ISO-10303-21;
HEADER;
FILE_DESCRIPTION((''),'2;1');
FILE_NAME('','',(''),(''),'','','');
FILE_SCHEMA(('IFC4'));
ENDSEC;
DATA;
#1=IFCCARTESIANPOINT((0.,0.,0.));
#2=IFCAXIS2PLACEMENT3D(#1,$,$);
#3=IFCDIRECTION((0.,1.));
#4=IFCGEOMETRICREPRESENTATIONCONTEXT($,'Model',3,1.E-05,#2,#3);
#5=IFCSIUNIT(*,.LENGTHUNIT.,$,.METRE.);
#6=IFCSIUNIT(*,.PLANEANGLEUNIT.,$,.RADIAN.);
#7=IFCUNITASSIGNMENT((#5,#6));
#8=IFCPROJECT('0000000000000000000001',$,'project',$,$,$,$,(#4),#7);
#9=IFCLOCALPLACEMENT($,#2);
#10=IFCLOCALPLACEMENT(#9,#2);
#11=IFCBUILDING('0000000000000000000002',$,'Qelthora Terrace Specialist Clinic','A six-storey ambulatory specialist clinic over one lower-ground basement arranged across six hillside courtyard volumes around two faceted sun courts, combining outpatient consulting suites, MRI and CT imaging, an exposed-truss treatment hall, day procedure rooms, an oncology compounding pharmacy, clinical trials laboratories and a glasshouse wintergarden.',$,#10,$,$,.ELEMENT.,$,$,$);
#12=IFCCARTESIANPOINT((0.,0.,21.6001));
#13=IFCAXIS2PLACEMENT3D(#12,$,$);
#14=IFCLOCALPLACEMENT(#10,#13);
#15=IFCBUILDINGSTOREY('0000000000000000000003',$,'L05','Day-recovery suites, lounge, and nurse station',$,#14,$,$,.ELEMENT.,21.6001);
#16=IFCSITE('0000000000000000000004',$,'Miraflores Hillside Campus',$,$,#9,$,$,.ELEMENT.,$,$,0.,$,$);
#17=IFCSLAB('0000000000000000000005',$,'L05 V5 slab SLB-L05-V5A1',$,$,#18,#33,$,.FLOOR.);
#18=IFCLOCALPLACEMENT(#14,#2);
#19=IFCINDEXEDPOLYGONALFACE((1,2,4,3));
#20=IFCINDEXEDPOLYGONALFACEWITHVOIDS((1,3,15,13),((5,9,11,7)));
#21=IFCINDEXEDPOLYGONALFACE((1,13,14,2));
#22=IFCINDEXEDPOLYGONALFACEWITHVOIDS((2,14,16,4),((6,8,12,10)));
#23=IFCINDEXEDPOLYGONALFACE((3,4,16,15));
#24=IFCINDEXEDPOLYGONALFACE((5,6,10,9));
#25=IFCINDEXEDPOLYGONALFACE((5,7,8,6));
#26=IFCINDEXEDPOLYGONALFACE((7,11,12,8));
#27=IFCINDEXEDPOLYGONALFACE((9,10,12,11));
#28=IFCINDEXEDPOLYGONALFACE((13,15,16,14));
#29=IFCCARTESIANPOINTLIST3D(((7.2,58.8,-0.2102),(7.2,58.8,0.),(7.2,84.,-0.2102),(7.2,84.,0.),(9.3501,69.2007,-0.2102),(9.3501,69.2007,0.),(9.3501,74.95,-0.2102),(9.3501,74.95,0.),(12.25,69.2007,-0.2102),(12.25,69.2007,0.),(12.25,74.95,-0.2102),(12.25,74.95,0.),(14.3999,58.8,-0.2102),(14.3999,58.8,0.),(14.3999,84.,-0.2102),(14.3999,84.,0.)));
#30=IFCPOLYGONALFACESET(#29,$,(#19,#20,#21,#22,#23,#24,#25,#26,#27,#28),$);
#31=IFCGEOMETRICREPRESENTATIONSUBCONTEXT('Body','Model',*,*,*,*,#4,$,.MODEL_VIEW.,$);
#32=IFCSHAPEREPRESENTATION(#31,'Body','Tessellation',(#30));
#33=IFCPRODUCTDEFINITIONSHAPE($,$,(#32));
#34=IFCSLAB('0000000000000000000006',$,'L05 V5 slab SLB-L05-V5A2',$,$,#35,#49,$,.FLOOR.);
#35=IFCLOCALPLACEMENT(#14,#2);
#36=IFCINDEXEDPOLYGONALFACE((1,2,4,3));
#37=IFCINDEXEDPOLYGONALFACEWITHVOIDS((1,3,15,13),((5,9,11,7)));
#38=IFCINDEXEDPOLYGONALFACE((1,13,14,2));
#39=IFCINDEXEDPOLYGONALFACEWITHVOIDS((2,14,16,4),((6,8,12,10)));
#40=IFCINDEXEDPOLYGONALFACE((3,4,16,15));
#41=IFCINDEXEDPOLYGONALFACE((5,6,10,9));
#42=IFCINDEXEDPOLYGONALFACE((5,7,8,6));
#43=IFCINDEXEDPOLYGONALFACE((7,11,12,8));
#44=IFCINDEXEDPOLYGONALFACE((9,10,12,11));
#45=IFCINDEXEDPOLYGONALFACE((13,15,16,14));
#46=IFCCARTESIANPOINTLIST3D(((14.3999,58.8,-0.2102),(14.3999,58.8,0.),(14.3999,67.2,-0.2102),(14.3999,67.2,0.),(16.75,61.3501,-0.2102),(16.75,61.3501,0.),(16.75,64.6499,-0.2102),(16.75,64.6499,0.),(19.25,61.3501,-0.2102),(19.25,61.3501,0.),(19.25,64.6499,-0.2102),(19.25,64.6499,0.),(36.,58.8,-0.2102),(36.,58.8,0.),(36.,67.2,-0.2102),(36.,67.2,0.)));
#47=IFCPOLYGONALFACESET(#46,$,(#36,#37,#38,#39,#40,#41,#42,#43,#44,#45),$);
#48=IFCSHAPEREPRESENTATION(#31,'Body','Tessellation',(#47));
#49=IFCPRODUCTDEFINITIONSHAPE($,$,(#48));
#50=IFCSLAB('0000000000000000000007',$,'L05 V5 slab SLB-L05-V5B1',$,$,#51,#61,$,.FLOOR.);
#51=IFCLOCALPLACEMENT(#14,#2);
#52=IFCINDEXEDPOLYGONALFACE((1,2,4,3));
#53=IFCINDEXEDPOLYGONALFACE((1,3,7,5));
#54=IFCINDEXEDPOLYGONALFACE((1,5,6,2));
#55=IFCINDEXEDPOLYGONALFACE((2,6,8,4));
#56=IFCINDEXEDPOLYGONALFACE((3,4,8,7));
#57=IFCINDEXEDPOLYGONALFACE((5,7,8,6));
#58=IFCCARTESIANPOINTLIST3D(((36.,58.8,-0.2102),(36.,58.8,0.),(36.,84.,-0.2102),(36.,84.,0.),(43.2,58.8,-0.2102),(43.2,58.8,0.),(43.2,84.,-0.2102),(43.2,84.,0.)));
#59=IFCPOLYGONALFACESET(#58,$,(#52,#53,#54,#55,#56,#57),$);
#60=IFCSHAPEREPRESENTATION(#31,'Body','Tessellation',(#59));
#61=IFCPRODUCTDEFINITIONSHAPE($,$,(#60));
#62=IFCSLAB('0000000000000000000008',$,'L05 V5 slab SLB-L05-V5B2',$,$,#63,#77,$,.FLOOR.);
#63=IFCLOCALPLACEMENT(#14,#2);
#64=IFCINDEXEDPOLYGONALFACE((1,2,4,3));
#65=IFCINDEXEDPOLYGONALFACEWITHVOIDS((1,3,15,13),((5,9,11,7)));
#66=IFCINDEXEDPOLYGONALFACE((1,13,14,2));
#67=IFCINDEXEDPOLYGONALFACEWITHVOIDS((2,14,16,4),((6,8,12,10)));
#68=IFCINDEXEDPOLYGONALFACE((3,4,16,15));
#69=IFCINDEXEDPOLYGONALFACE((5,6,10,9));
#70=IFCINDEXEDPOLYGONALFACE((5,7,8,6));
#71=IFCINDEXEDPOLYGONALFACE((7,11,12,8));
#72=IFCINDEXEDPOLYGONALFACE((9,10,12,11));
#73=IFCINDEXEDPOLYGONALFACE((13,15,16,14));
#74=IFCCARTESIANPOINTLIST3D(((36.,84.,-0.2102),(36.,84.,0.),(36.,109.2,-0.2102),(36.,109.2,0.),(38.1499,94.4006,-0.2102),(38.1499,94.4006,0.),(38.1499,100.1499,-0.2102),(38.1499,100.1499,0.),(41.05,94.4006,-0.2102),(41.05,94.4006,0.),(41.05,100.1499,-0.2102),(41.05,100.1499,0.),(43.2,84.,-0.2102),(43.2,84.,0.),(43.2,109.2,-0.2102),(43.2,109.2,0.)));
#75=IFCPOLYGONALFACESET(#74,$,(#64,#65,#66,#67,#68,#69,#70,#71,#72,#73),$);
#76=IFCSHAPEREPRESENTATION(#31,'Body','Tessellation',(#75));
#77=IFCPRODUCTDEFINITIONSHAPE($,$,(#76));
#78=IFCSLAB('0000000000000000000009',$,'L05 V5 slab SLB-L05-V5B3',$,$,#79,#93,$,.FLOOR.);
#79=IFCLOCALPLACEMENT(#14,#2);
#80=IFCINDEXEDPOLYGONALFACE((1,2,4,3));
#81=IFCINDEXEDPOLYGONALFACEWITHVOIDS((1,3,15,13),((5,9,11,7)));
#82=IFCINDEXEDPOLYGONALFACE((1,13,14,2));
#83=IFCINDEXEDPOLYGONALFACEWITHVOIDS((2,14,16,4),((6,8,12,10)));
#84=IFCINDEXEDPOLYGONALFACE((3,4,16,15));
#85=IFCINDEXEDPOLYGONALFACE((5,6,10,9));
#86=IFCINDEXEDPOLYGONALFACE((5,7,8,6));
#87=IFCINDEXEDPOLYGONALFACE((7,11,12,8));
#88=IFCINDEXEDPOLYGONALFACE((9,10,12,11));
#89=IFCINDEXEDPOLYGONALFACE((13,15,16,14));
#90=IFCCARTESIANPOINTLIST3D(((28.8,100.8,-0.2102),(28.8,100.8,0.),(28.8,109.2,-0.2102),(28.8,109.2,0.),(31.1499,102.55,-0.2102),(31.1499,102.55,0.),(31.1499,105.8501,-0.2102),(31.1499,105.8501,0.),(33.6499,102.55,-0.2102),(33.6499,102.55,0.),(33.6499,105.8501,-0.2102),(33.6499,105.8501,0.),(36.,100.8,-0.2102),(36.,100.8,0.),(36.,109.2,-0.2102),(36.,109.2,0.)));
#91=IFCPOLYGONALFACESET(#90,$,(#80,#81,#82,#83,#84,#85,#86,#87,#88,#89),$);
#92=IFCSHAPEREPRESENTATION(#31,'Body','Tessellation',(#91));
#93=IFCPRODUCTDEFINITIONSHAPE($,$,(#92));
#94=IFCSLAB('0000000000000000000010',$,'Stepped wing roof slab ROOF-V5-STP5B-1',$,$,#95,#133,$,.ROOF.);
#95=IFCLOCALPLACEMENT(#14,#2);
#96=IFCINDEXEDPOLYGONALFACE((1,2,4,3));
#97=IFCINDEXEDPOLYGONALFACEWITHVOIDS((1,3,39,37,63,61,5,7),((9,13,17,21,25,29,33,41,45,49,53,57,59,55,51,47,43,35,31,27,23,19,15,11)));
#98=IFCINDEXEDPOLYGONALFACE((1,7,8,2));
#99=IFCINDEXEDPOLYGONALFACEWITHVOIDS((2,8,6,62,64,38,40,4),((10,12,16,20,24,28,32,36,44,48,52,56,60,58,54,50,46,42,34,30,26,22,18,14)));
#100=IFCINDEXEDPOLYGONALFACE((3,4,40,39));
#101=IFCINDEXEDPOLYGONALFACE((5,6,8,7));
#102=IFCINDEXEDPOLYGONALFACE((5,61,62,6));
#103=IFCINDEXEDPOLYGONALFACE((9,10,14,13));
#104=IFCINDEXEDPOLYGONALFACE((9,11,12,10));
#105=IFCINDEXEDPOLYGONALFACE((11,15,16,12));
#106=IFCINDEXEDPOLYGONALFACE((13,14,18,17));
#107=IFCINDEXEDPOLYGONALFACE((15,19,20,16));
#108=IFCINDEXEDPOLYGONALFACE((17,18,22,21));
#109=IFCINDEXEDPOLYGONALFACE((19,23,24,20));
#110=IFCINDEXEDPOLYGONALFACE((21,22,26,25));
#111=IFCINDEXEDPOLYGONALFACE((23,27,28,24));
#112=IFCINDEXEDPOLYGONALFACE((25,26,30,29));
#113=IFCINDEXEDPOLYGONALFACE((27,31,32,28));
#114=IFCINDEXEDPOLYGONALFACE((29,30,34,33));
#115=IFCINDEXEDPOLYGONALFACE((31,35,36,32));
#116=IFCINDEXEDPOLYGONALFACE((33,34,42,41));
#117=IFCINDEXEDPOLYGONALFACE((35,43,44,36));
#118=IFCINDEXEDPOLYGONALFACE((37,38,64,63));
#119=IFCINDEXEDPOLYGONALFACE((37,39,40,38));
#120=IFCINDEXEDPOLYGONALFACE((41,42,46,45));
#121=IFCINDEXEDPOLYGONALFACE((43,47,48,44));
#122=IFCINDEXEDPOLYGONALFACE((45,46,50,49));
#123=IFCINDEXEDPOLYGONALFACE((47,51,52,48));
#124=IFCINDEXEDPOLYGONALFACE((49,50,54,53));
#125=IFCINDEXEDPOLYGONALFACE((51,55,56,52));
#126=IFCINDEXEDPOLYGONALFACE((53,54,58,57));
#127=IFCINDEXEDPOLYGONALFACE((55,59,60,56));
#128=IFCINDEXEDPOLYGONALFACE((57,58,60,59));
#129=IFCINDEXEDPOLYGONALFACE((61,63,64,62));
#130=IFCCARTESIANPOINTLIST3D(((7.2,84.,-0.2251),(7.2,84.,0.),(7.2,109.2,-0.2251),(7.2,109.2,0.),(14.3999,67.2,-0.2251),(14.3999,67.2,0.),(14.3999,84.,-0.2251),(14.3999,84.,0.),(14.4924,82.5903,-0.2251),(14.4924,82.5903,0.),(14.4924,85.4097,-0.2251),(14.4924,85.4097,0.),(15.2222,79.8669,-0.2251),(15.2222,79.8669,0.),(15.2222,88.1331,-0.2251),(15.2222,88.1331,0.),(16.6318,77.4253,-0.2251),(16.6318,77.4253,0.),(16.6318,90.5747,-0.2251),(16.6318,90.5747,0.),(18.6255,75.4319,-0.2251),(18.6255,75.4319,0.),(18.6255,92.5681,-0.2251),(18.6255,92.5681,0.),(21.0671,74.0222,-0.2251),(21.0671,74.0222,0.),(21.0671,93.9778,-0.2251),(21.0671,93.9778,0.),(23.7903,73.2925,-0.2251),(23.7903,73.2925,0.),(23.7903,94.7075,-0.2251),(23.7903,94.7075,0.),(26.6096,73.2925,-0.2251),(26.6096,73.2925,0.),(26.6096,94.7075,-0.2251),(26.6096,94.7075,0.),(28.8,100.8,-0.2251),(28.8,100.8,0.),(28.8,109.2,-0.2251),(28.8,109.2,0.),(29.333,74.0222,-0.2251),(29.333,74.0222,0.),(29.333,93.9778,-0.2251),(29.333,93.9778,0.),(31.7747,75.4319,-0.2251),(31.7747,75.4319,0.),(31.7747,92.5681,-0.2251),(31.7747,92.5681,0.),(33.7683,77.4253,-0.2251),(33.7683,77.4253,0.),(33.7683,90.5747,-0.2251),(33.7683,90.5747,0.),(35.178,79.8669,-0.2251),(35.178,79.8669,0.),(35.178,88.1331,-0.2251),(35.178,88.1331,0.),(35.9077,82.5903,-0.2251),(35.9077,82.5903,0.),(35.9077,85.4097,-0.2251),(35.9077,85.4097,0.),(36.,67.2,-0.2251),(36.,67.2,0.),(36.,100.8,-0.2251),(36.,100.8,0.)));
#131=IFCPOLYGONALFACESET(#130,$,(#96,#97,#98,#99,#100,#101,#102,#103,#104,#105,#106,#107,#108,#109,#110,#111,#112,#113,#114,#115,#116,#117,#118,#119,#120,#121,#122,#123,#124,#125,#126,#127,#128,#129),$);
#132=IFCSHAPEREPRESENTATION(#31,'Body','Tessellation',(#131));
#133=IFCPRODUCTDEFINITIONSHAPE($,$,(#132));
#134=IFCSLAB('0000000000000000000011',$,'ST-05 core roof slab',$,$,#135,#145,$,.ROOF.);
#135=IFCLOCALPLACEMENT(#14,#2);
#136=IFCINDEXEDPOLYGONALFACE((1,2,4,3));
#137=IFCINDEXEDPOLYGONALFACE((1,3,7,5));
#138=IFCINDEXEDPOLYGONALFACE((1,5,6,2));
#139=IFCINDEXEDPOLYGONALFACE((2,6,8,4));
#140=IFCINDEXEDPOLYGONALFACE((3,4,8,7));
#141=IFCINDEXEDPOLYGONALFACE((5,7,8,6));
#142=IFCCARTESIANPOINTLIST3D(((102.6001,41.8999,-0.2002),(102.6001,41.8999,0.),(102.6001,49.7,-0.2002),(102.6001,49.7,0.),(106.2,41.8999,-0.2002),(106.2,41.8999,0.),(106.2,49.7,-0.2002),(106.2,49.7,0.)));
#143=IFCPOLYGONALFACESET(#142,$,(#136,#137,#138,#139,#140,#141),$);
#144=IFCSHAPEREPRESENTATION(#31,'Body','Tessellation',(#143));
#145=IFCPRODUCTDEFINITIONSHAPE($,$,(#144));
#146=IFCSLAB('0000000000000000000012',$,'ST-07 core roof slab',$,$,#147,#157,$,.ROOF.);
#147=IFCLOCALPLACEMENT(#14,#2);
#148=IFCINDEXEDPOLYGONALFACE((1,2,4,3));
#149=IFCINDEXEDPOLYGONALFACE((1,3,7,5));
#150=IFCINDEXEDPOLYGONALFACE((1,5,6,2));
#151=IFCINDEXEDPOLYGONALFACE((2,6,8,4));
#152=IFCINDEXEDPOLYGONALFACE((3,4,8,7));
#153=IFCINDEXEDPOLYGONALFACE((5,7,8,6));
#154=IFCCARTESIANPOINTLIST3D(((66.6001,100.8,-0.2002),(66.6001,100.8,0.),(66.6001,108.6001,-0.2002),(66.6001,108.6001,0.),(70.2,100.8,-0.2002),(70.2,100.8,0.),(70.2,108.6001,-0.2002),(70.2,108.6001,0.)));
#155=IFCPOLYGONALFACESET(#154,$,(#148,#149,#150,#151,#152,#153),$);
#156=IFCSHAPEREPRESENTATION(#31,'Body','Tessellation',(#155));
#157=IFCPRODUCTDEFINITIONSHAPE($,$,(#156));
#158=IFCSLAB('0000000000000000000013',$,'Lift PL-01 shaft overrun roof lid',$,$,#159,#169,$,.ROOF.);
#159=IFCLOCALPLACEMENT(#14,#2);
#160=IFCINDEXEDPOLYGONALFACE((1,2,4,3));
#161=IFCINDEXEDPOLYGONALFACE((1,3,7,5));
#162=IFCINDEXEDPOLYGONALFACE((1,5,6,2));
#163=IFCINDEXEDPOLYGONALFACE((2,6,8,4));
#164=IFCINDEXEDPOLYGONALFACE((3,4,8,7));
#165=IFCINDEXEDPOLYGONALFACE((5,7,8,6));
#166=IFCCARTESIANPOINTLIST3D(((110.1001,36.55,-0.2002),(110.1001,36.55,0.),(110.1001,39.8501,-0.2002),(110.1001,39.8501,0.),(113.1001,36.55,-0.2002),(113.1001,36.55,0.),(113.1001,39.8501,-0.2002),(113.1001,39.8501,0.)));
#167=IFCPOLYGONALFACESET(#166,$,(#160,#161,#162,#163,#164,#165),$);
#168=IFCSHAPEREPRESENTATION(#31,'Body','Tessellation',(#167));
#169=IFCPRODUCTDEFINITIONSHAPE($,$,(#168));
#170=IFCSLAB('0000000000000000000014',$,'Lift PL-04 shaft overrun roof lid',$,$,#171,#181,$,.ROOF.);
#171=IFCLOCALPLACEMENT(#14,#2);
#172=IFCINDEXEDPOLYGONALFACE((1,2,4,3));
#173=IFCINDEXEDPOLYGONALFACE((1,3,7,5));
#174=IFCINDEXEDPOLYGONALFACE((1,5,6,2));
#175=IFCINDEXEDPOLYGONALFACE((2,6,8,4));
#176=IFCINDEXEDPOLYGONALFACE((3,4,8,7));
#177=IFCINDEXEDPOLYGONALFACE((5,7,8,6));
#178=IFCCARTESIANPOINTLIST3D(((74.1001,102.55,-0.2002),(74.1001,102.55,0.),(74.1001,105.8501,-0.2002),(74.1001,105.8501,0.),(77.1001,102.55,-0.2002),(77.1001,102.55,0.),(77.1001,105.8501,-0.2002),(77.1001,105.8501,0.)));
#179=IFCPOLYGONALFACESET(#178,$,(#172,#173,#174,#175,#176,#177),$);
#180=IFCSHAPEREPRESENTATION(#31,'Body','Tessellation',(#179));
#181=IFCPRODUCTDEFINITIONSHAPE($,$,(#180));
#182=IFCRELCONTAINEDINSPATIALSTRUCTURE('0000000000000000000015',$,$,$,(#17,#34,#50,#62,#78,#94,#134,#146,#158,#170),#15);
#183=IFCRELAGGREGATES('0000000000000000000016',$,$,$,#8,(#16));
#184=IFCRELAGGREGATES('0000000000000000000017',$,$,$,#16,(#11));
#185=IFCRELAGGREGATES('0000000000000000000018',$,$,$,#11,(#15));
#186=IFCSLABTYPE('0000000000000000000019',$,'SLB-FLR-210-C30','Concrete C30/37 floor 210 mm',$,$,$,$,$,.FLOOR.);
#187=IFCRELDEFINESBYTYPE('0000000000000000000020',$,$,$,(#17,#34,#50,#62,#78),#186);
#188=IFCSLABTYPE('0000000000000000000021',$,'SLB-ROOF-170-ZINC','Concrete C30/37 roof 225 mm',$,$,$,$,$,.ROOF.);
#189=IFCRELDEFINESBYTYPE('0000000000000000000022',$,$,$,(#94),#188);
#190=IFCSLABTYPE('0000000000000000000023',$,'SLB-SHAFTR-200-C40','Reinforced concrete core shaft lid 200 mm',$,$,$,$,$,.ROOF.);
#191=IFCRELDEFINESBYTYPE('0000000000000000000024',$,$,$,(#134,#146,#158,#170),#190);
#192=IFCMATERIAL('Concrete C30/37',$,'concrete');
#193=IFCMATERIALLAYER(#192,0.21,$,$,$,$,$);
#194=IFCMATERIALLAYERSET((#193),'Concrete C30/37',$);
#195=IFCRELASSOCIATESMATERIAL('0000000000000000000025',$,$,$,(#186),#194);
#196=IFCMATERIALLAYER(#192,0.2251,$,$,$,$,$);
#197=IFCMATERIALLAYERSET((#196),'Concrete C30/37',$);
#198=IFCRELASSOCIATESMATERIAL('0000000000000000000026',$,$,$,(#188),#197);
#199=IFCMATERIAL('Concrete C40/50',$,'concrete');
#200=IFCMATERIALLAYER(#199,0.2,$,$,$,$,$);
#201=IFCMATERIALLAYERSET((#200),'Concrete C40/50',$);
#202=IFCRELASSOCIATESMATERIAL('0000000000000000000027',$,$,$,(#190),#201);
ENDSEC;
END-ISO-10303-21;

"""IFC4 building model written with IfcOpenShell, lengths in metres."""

from ifc_helpers import new_model, si_unit, direction, frame, origin, place, context, subcontext, project, spatial, polyline, outline, extrude, material, layer, layer_set, type_object, element, save


model = new_model("IFC4")

# Units and contexts
model_context = context("Model", 3, precision=1e-05, world=origin(), true_north=direction((0.0, 1.0)))
body_context = subcontext(model_context, "Body", "Model", "MODEL_VIEW")
ifc_project = project(units=[si_unit("LENGTHUNIT", "METRE"), si_unit("PLANEANGLEUNIT", "RADIAN")], contexts=[model_context])

# Site, building, storey
site_placement = place(None, origin())
site = spatial("IfcSite", under=ifc_project, at=site_placement, Name="Miraflores Hillside Campus", CompositionType="ELEMENT", RefElevation=0.0)
building_placement = place(site_placement, origin())
building = spatial("IfcBuilding", under=site, at=building_placement, Name="Qelthora Terrace Specialist Clinic", Description="A six-storey ambulatory specialist clinic over one lower-ground basement arranged across six hillside courtyard volumes around two faceted sun courts, combining outpatient consulting suites, MRI and CT imaging, an exposed-truss treatment hall, day procedure rooms, an oncology compounding pharmacy, clinical trials laboratories and a glasshouse wintergarden.", CompositionType="ELEMENT")
storey_placement = place(building_placement, frame((0.0, 0.0, 21.6001)))
storey = spatial("IfcBuildingStorey", under=building, at=storey_placement, Name="L05", Description="Day-recovery suites, lounge, and nurse station", CompositionType="ELEMENT", Elevation=21.6001)

# Slabs
ifc_material_1 = material(Name="Concrete C30/37", Category="concrete")
ifc_layer_1 = layer(ifc_material_1, 0.21)
ifc_layer_set_1 = layer_set([ifc_layer_1], Name="Concrete C30/37")
slab_type_1 = type_object("IfcSlabType", Name="SLB-FLR-210-C30", Description="Concrete C30/37 floor 210 mm", PredefinedType="FLOOR", material=ifc_layer_set_1)
slab_1_placement = place(storey_placement, frame((0.0, 0.0, -0.2102)))
element("IfcSlab", 1, at=slab_1_placement, inside=storey, type_object=slab_type_1, Name="L05 V5 slab SLB-L05-V5A1", PredefinedType="FLOOR", context=body_context, shape_type="SweptSolid", body=[
    extrude(outline(polyline([(7.2, 84.0), (14.3999, 84.0), (14.3999, 58.8), (7.2, 58.8), (7.2, 84.0)]), holes=[polyline([(9.3501, 74.95), (9.3501, 69.2007), (12.25, 69.2007), (12.25, 74.95), (9.3501, 74.95)])]), origin(), (0.0, 0.0, 1.0), 0.2102),
])
slab_2_placement = place(storey_placement, frame((0.0, 0.0, -0.2102)))
element("IfcSlab", 2, at=slab_2_placement, inside=storey, type_object=slab_type_1, Name="L05 V5 slab SLB-L05-V5A2", PredefinedType="FLOOR", context=body_context, shape_type="SweptSolid", body=[
    extrude(outline(polyline([(14.3999, 67.2), (36.0, 67.2), (36.0, 58.8), (14.3999, 58.8), (14.3999, 67.2)]), holes=[polyline([(16.75, 64.6499), (16.75, 61.3501), (19.25, 61.3501), (19.25, 64.6499), (16.75, 64.6499)])]), origin(), (0.0, 0.0, 1.0), 0.2102),
])
slab_3_placement = place(storey_placement, frame((0.0, 0.0, -0.2102)))
element("IfcSlab", 3, at=slab_3_placement, inside=storey, type_object=slab_type_1, Name="L05 V5 slab SLB-L05-V5B1", PredefinedType="FLOOR", context=body_context, shape_type="SweptSolid", body=[
    extrude(outline(polyline([(36.0, 84.0), (43.2, 84.0), (43.2, 58.8), (36.0, 58.8), (36.0, 84.0)])), origin(), (0.0, 0.0, 1.0), 0.2102),
])
slab_4_placement = place(storey_placement, frame((0.0, 0.0, -0.2102)))
element("IfcSlab", 4, at=slab_4_placement, inside=storey, type_object=slab_type_1, Name="L05 V5 slab SLB-L05-V5B2", PredefinedType="FLOOR", context=body_context, shape_type="SweptSolid", body=[
    extrude(outline(polyline([(36.0, 109.2), (43.2, 109.2), (43.2, 84.0), (36.0, 84.0), (36.0, 109.2)]), holes=[polyline([(38.1499, 100.1499), (38.1499, 94.4006), (41.05, 94.4006), (41.05, 100.1499), (38.1499, 100.1499)])]), origin(), (0.0, 0.0, 1.0), 0.2102),
])
slab_5_placement = place(storey_placement, frame((0.0, 0.0, -0.2102)))
element("IfcSlab", 5, at=slab_5_placement, inside=storey, type_object=slab_type_1, Name="L05 V5 slab SLB-L05-V5B3", PredefinedType="FLOOR", context=body_context, shape_type="SweptSolid", body=[
    extrude(outline(polyline([(28.8, 109.2), (36.0, 109.2), (36.0, 100.8), (28.8, 100.8), (28.8, 109.2)]), holes=[polyline([(31.1499, 105.8501), (31.1499, 102.55), (33.6499, 102.55), (33.6499, 105.8501), (31.1499, 105.8501)])]), origin(), (0.0, 0.0, 1.0), 0.2102),
])
ifc_layer_2 = layer(ifc_material_1, 0.2251)
ifc_layer_set_2 = layer_set([ifc_layer_2], Name="Concrete C30/37")
slab_type_2 = type_object("IfcSlabType", Name="SLB-ROOF-170-ZINC", Description="Concrete C30/37 roof 225 mm", PredefinedType="ROOF", material=ifc_layer_set_2)
slab_6_placement = place(storey_placement, frame((0.0, 0.0, -0.2251)))
element("IfcSlab", 6, at=slab_6_placement, inside=storey, type_object=slab_type_2, Name="Stepped wing roof slab ROOF-V5-STP5B-1", PredefinedType="ROOF", context=body_context, shape_type="SweptSolid", body=[
    extrude(outline(polyline([(28.8, 100.8), (36.0, 100.8), (36.0, 67.2), (14.3999, 67.2), (14.3999, 84.0), (7.2, 84.0), (7.2, 109.2), (28.8, 109.2), (28.8, 100.8)]), holes=[polyline([(35.178, 88.1331), (33.7683, 90.5747), (31.7747, 92.5681), (29.333, 93.9778), (26.6096, 94.7075), (23.7903, 94.7075), (21.0671, 93.9778), (18.6255, 92.5681), (16.6318, 90.5747), (15.2222, 88.1331), (14.4924, 85.4097), (14.4924, 82.5903), (15.2222, 79.8669), (16.6318, 77.4253), (18.6255, 75.4319), (21.0671, 74.0222), (23.7903, 73.2925), (26.6096, 73.2925), (29.333, 74.0222), (31.7747, 75.4319), (33.7683, 77.4253), (35.178, 79.8669), (35.9077, 82.5903), (35.9077, 85.4097), (35.178, 88.1331)])]), origin(), (0.0, 0.0, 1.0), 0.2251),
])
ifc_material_2 = material(Name="Concrete C40/50", Category="concrete")
ifc_layer_3 = layer(ifc_material_2, 0.2)
ifc_layer_set_3 = layer_set([ifc_layer_3], Name="Concrete C40/50")
slab_type_3 = type_object("IfcSlabType", Name="SLB-SHAFTR-200-C40", Description="Reinforced concrete core shaft lid 200 mm", PredefinedType="ROOF", material=ifc_layer_set_3)
slab_7_placement = place(storey_placement, frame((0.0, 0.0, -0.2002)))
element("IfcSlab", 7, at=slab_7_placement, inside=storey, type_object=slab_type_3, Name="ST-05 core roof slab", PredefinedType="ROOF", context=body_context, shape_type="SweptSolid", body=[
    extrude(outline(polyline([(102.6001, 41.8999), (106.2, 41.8999), (106.2, 49.7), (102.6001, 49.7), (102.6001, 41.8999)])), origin(), (0.0, 0.0, 1.0), 0.2002),
])
slab_8_placement = place(storey_placement, frame((0.0, 0.0, -0.2002)))
element("IfcSlab", 8, at=slab_8_placement, inside=storey, type_object=slab_type_3, Name="ST-07 core roof slab", PredefinedType="ROOF", context=body_context, shape_type="SweptSolid", body=[
    extrude(outline(polyline([(66.6001, 100.8), (70.2, 100.8), (70.2, 108.6001), (66.6001, 108.6001), (66.6001, 100.8)])), origin(), (0.0, 0.0, 1.0), 0.2002),
])
slab_9_placement = place(storey_placement, frame((0.0, 0.0, -0.2002)))
element("IfcSlab", 9, at=slab_9_placement, inside=storey, type_object=slab_type_3, Name="Lift PL-01 shaft overrun roof lid", PredefinedType="ROOF", context=body_context, shape_type="SweptSolid", body=[
    extrude(outline(polyline([(110.1001, 36.55), (113.1001, 36.55), (113.1001, 39.8501), (110.1001, 39.8501), (110.1001, 36.55)])), origin(), (0.0, 0.0, 1.0), 0.2002),
])
slab_10_placement = place(storey_placement, frame((0.0, 0.0, -0.2002)))
element("IfcSlab", 10, at=slab_10_placement, inside=storey, type_object=slab_type_3, Name="Lift PL-04 shaft overrun roof lid", PredefinedType="ROOF", context=body_context, shape_type="SweptSolid", body=[
    extrude(outline(polyline([(74.1001, 102.55), (77.1001, 102.55), (77.1001, 105.8501), (74.1001, 105.8501), (74.1001, 102.55)])), origin(), (0.0, 0.0, 1.0), 0.2002),
])

save(model, "model.ifc")
